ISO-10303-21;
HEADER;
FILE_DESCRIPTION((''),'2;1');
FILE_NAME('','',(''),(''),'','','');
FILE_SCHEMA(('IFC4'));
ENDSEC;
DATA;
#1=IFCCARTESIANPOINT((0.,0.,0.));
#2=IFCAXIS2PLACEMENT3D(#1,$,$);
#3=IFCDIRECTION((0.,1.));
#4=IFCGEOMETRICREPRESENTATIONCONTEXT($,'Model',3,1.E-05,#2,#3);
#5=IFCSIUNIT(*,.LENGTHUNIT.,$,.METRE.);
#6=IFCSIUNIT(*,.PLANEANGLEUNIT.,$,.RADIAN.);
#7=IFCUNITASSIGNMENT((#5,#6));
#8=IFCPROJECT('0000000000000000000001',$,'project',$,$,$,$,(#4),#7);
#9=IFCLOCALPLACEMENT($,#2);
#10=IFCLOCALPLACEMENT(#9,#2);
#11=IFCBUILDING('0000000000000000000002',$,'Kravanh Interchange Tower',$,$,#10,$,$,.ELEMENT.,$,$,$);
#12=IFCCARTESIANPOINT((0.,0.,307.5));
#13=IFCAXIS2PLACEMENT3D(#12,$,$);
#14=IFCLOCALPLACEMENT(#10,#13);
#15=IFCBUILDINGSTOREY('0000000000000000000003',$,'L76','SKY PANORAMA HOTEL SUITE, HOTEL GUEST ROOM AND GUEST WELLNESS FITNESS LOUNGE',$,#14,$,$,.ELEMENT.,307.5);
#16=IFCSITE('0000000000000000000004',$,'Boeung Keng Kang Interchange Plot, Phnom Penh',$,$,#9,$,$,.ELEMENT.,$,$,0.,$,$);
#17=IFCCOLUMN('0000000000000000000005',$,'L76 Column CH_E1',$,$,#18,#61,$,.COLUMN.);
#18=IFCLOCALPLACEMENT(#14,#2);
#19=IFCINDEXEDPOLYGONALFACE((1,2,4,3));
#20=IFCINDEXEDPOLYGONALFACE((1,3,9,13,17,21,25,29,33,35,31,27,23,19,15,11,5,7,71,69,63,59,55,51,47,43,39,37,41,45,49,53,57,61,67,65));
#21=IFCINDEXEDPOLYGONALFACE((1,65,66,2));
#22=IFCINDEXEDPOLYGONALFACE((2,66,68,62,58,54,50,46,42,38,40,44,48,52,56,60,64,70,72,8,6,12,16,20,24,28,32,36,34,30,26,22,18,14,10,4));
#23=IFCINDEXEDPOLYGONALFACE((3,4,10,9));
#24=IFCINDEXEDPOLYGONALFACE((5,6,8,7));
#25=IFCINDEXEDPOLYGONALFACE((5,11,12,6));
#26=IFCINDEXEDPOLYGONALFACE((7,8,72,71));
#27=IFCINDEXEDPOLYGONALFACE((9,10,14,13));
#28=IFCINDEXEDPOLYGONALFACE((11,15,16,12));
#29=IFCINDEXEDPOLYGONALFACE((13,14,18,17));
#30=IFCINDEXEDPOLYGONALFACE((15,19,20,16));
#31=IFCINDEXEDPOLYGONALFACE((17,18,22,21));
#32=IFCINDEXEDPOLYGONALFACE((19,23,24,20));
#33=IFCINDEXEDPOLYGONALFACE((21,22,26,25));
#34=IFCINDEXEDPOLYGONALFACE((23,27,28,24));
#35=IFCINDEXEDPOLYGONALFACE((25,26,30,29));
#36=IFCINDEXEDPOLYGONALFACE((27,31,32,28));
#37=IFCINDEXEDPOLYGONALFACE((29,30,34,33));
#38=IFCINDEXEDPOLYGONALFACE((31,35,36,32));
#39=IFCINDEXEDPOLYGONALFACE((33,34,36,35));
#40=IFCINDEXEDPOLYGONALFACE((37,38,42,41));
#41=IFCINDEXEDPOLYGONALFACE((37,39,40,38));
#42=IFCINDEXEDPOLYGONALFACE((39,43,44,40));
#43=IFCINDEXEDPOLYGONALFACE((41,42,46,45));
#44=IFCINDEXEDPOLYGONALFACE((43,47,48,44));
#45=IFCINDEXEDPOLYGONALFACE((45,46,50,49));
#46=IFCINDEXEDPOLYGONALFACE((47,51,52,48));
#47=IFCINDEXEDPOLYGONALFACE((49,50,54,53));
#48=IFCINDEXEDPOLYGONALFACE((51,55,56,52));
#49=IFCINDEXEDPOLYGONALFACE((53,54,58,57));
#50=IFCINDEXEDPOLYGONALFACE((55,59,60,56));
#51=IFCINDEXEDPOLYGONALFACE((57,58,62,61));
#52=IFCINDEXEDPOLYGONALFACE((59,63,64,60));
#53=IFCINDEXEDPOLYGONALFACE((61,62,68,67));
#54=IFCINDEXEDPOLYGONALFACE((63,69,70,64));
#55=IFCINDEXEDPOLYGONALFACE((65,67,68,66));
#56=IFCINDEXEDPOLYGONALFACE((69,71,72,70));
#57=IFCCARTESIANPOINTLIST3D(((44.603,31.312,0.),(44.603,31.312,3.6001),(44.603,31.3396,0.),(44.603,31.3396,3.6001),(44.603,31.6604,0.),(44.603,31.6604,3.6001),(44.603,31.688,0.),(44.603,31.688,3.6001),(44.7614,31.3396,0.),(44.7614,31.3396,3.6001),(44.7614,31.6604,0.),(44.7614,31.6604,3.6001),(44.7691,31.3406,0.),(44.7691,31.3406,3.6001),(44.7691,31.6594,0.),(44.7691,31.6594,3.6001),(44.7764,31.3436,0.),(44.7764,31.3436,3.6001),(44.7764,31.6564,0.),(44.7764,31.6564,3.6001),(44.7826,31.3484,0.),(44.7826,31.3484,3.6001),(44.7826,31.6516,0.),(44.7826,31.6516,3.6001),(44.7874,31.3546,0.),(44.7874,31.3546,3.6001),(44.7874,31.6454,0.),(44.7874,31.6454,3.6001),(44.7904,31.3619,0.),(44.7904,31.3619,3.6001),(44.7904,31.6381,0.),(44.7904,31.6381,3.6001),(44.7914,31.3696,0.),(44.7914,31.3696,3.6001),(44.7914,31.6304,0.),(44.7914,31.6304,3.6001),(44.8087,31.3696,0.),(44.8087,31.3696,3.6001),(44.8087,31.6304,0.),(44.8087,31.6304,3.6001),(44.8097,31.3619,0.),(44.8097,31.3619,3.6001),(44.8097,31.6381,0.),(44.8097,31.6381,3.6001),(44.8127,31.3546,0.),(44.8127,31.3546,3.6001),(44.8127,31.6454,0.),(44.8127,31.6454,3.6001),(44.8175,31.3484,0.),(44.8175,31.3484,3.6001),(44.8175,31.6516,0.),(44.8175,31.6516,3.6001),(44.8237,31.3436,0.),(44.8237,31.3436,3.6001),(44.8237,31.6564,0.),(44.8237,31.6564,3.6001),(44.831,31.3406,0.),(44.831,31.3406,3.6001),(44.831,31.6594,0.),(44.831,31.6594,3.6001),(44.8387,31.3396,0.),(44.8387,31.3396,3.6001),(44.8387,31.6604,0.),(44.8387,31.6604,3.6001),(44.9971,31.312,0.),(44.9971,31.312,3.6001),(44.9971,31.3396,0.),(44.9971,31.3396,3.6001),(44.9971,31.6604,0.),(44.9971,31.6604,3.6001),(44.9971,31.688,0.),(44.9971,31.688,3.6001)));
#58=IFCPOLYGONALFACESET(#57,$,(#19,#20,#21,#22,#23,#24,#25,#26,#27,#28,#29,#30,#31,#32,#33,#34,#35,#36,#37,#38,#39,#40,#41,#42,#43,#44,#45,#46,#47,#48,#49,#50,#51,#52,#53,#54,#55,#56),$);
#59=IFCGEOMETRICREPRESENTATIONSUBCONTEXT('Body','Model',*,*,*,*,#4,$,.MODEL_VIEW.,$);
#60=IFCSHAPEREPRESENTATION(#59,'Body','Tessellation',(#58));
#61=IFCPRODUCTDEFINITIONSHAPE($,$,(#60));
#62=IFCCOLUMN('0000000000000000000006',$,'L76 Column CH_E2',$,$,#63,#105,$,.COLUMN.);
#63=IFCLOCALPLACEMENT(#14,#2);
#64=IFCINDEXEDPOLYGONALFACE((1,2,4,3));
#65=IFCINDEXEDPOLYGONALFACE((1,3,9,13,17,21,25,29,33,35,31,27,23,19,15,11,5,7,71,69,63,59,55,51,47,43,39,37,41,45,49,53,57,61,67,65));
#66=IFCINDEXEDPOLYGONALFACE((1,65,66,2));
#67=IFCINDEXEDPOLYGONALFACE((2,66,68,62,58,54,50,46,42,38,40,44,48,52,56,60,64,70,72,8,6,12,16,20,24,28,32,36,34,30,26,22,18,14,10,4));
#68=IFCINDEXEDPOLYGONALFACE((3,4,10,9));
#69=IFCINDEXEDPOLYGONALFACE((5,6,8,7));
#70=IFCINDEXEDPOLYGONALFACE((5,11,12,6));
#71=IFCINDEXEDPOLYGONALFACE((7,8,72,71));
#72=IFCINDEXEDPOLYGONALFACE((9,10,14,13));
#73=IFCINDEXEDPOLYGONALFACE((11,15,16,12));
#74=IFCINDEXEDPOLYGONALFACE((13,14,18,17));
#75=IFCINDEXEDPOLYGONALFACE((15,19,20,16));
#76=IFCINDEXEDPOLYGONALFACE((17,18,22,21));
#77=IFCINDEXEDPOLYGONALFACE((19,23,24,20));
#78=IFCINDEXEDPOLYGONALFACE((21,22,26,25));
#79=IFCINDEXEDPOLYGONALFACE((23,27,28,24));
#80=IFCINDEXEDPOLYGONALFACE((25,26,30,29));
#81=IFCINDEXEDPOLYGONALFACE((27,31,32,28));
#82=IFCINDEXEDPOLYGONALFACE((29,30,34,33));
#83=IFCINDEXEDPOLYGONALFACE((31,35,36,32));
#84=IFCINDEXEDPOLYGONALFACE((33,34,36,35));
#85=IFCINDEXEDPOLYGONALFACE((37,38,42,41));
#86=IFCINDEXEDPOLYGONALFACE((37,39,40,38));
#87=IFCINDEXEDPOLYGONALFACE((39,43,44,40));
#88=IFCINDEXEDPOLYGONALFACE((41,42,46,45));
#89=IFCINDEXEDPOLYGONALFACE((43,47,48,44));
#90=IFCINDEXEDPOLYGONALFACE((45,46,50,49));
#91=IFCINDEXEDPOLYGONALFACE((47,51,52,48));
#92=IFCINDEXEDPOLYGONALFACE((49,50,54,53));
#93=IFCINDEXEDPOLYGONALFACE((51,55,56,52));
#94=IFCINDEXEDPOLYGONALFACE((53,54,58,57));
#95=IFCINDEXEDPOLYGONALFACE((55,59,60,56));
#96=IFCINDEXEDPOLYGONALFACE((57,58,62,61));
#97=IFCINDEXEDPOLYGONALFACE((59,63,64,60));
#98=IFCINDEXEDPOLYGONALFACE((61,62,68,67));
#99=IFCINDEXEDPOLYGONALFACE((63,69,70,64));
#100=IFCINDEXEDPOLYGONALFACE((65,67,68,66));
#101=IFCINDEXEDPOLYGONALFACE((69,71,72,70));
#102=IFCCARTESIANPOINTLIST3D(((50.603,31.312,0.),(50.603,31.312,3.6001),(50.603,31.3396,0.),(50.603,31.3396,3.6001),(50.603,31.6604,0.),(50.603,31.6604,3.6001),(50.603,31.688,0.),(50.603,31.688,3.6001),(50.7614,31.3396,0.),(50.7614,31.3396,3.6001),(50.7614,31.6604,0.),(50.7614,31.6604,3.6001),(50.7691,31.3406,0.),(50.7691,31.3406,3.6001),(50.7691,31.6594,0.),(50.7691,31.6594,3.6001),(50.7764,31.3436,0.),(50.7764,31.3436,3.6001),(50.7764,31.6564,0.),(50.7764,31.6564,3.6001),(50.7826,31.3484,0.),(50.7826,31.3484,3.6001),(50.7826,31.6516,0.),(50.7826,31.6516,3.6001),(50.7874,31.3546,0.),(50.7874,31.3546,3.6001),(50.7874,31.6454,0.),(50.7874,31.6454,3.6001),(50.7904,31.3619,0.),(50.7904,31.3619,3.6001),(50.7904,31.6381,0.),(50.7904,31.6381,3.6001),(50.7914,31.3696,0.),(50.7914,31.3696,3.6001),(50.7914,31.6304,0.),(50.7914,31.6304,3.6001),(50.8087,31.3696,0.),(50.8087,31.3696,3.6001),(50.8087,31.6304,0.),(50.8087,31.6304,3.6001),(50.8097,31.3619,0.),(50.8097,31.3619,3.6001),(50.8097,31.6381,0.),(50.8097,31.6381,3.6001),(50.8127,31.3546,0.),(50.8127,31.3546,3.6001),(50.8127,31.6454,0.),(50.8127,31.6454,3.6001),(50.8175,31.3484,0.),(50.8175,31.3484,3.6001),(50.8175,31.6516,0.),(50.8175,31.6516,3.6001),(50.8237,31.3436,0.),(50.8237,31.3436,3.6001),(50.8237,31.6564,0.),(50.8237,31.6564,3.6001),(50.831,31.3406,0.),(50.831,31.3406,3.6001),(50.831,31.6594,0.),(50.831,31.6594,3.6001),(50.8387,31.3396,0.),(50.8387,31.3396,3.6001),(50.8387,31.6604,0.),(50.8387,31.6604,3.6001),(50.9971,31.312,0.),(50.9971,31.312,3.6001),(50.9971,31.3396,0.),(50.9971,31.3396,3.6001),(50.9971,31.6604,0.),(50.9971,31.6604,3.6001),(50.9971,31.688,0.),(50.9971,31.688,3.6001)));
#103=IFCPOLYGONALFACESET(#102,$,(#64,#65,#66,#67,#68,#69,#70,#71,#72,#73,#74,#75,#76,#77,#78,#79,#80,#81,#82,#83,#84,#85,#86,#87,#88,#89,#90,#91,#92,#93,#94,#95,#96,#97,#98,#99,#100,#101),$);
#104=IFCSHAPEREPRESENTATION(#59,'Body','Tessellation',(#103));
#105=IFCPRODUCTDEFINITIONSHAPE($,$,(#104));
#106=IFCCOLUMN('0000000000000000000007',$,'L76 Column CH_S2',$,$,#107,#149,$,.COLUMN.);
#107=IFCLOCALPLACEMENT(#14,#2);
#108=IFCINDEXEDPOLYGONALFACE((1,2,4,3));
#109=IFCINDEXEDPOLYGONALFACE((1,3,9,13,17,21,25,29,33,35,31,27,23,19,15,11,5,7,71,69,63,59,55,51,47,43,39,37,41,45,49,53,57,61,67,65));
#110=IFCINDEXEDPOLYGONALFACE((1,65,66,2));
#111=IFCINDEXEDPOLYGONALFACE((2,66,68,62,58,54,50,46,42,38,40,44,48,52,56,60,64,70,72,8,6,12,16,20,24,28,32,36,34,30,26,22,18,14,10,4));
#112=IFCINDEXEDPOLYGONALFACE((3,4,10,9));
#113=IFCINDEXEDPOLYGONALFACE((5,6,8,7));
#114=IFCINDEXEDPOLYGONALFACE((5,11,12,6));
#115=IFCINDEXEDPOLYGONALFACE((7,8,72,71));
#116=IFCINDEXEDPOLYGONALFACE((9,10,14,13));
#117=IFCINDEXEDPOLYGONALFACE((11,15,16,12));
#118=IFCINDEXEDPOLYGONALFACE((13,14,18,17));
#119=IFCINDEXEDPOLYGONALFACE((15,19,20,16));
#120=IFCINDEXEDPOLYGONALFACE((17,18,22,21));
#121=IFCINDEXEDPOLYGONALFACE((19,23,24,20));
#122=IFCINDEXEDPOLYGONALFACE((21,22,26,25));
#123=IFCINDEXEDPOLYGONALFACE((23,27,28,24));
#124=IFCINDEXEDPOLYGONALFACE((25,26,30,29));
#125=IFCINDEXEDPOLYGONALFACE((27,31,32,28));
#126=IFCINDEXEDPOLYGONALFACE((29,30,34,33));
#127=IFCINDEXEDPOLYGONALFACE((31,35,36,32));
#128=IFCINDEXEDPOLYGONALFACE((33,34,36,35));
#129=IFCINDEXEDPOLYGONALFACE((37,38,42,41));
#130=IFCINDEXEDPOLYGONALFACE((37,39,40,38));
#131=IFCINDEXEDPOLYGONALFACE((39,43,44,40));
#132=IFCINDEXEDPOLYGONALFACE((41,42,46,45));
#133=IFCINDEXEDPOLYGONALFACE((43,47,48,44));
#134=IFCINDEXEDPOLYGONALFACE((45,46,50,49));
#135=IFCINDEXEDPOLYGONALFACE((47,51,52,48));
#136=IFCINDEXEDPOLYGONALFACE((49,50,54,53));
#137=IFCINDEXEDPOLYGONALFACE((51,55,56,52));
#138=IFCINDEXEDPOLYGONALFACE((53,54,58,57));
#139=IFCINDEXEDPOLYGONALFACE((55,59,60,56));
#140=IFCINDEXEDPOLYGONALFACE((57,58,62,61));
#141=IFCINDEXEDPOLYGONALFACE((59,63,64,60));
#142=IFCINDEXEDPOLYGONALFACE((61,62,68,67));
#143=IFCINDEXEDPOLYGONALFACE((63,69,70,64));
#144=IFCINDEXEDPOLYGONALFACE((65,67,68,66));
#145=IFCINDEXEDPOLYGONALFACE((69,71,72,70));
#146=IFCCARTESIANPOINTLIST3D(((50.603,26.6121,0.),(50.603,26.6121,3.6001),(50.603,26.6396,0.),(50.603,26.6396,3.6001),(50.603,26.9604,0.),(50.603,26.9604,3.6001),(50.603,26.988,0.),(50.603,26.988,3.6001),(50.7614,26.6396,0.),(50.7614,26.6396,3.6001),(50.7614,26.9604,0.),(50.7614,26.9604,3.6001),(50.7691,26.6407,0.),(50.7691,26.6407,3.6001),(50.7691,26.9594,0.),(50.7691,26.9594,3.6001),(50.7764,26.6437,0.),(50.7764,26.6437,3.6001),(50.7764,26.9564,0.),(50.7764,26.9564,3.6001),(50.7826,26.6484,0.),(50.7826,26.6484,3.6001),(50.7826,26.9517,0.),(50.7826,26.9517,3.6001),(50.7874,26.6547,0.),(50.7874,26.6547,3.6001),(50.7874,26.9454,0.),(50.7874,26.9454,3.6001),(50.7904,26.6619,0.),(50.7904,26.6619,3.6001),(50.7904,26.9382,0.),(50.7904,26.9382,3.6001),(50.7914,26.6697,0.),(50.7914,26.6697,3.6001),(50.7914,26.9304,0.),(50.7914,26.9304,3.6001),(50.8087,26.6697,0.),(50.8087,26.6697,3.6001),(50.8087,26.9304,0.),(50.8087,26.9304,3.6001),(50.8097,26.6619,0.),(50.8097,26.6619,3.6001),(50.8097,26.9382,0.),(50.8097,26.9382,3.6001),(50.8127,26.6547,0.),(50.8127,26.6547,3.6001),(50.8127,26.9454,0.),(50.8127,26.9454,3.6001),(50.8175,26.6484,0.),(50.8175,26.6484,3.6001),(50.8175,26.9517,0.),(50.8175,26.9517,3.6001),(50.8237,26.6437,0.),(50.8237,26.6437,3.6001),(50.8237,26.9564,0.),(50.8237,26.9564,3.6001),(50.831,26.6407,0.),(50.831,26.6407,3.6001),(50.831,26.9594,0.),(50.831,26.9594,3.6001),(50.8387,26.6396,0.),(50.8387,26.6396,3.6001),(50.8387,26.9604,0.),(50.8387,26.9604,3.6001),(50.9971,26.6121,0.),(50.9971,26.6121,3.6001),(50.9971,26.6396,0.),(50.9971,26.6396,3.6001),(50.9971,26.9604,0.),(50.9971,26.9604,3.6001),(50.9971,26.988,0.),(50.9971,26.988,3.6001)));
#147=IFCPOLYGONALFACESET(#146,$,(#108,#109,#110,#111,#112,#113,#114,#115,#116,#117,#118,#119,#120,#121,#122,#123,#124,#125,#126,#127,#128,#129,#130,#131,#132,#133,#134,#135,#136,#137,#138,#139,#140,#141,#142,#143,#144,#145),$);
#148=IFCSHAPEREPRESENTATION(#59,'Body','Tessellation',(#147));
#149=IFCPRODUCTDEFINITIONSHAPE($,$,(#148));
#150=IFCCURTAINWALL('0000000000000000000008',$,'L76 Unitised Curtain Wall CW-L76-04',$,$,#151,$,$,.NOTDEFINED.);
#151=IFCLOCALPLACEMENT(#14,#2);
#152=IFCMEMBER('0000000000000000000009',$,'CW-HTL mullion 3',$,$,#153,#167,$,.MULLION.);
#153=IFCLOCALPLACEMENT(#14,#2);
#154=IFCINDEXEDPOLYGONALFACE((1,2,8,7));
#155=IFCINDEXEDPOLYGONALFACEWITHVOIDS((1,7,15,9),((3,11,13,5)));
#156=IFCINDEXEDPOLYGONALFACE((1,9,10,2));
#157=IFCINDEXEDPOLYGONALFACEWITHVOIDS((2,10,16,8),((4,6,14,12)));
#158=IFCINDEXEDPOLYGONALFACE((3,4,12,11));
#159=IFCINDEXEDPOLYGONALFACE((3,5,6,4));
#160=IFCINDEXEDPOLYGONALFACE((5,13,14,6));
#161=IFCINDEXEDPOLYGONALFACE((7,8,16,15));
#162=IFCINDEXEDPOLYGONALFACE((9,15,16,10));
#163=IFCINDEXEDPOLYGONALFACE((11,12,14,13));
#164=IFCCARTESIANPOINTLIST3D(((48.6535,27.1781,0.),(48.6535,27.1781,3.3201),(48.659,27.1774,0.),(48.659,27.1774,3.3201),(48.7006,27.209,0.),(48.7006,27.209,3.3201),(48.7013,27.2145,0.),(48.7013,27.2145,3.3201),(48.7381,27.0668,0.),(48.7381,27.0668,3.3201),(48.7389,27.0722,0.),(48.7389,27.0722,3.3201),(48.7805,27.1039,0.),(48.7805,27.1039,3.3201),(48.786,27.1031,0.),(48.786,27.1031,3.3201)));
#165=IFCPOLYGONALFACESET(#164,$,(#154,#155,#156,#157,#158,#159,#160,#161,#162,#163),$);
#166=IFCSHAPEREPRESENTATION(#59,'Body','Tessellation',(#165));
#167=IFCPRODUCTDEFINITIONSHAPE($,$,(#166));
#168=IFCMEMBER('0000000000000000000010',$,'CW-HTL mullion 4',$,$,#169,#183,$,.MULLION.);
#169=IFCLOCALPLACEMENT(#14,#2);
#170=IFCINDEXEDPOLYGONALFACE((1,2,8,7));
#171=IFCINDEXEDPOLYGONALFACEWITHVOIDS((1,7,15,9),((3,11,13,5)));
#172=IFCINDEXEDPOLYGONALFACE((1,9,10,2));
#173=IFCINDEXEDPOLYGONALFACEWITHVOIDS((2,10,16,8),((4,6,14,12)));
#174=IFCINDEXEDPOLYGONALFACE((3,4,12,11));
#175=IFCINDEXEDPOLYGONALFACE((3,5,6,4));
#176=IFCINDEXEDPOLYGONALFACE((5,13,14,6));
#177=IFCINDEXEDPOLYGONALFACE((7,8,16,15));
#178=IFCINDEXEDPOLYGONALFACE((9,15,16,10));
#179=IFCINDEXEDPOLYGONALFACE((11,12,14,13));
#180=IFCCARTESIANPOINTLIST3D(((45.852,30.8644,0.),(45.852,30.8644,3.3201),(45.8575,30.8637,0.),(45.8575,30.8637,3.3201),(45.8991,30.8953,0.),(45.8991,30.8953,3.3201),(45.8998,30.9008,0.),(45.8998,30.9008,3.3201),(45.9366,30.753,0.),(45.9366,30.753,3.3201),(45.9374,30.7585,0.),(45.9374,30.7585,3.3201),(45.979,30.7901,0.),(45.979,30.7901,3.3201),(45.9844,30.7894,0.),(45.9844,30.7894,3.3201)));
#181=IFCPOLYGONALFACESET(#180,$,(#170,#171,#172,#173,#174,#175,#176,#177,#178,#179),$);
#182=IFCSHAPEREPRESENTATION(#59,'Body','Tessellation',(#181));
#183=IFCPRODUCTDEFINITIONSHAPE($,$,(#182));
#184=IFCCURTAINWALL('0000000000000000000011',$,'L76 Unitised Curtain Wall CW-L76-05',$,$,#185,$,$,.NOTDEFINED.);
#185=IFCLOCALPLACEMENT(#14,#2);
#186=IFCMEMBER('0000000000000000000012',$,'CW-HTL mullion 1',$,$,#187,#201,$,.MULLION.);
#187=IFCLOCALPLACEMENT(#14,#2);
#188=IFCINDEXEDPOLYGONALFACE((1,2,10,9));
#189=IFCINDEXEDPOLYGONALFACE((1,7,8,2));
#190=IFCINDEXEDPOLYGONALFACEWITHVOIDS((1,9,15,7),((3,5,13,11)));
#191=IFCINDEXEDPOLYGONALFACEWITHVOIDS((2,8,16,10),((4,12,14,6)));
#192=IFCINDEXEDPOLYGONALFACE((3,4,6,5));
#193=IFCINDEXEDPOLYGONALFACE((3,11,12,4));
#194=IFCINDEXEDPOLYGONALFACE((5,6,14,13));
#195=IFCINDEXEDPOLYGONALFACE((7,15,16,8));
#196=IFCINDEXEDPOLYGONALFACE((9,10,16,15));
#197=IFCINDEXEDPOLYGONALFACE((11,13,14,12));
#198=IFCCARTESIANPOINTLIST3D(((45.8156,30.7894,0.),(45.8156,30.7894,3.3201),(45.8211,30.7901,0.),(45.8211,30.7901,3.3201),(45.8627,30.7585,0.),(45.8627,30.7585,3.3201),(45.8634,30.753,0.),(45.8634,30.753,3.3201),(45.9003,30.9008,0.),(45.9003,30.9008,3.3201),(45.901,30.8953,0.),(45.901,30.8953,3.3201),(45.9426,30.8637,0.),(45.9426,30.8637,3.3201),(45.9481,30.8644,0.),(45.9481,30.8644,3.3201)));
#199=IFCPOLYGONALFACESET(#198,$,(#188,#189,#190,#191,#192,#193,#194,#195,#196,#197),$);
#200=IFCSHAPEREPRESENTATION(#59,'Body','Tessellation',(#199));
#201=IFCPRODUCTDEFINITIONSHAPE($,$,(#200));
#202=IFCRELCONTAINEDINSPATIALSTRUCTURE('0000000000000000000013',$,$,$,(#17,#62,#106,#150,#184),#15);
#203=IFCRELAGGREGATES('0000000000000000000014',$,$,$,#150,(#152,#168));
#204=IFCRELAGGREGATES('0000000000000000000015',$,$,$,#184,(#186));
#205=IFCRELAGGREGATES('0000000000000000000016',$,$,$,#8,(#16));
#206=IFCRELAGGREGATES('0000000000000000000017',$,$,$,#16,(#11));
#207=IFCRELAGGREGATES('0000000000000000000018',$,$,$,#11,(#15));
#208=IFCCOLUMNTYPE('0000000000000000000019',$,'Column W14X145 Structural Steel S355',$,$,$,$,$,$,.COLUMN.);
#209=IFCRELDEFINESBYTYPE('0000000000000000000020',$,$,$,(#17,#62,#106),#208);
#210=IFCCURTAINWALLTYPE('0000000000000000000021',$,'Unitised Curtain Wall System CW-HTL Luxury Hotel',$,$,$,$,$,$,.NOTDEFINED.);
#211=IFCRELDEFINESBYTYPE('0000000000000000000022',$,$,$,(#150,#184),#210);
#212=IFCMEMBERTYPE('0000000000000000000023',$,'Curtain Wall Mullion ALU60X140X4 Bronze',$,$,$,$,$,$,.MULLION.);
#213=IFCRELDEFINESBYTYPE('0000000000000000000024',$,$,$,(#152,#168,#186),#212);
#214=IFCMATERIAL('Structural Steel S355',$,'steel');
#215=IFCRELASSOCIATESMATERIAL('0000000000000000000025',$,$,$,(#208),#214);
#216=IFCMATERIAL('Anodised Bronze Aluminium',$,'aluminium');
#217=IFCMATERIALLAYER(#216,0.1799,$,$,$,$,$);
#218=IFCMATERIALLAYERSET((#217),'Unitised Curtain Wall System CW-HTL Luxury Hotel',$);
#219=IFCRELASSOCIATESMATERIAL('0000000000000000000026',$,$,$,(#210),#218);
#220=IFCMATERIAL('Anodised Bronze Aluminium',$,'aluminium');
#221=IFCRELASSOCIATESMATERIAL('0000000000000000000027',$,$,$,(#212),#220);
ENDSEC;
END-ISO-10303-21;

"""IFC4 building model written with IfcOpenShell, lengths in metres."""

from ifc_helpers import new_model, si_unit, direction, frame, origin, origin_2d, place, context, subcontext, project, spatial, hollow_rectangle, i_section, extrude, material, layer, layer_set, material_profile, profile_set, type_object, element, aggregate, save


model = new_model("IFC4")

# Units and contexts
model_context = context("Model", 3, precision=1e-05, world=origin(), true_north=direction((0.0, 1.0)))
body_context = subcontext(model_context, "Body", "Model", "MODEL_VIEW")
ifc_project = project(units=[si_unit("LENGTHUNIT", "METRE"), si_unit("PLANEANGLEUNIT", "RADIAN")], contexts=[model_context])

# Site, building, storey
site_placement = place(None, origin())
site = spatial("IfcSite", under=ifc_project, at=site_placement, Name="Boeung Keng Kang Interchange Plot, Phnom Penh", CompositionType="ELEMENT", RefElevation=0.0)
building_placement = place(site_placement, origin())
building = spatial("IfcBuilding", under=site, at=building_placement, Name="Kravanh Interchange Tower", CompositionType="ELEMENT")
storey_placement = place(building_placement, frame((0.0, 0.0, 307.5)))
storey = spatial("IfcBuildingStorey", under=building, at=storey_placement, Name="L76", Description="SKY PANORAMA HOTEL SUITE, HOTEL GUEST ROOM AND GUEST WELLNESS FITNESS LOUNGE", CompositionType="ELEMENT", Elevation=307.5)

# Columns
ifc_material_1 = material(Name="Structural Steel S355", Category="steel")
ifc_material_profile_1 = material_profile(ifc_material_1, i_section(OverallWidth=0.394, OverallDepth=0.376, WebThickness=0.0173, FlangeThickness=0.0276, FilletRadius=0.03, at=origin_2d()), Name="W14X145")
ifc_profile_set_1 = profile_set([ifc_material_profile_1], Name="Structural Steel S355")
column_type = type_object("IfcColumnType", Name="Column W14X145 Structural Steel S355", PredefinedType="COLUMN", material=ifc_profile_set_1)
for number, where, z_axis, x_axis, name in (
    (1, (44.8, 31.5, 0.0), (0.0, 0.0, 1.0), (1.0, 0.0, 0.0), "L76 Column CH_E1"),
    (2, (50.8, 31.5, 0.0), (0.0, 0.0, 1.0), (1.0, 0.0, 0.0), "L76 Column CH_E2"),
    (3, (50.8, 26.8, 0.0), (0.0, 0.0, 1.0), (1.0, 0.0, 0.0), "L76 Column CH_S2"),
):
    element("IfcColumn", number, at=place(storey_placement, frame(where, z_axis=z_axis, x_axis=x_axis)), inside=storey, type_object=column_type, Name=name, PredefinedType="COLUMN", context=body_context, shape_type="SweptSolid", body=[
        extrude(i_section(OverallWidth=0.394, OverallDepth=0.376, WebThickness=0.0173, FlangeThickness=0.0276, FilletRadius=0.03, at=origin_2d()), origin(), (0.0, 0.0, 1.0), 3.6001),
    ])

# Curtain walls, members
ifc_material_2 = material(Name="Anodised Bronze Aluminium", Category="aluminium")
ifc_layer_1 = layer(ifc_material_2, 0.1799)
ifc_layer_set_1 = layer_set([ifc_layer_1], Name="Unitised Curtain Wall System CW-HTL Luxury Hotel")
curtain_wall_type = type_object("IfcCurtainWallType", Name="Unitised Curtain Wall System CW-HTL Luxury Hotel", PredefinedType="NOTDEFINED", material=ifc_layer_set_1)
curtain_wall_1_placement = place(storey_placement, origin())
curtain_wall_1 = element("IfcCurtainWall", 4, at=curtain_wall_1_placement, inside=storey, type_object=curtain_wall_type, Name="L76 Unitised Curtain Wall CW-L76-04", PredefinedType="NOTDEFINED")
ifc_material_3 = material(Name="Anodised Bronze Aluminium", Category="aluminium")
ifc_material_profile_2 = material_profile(ifc_material_3, hollow_rectangle(XDim=0.0601, YDim=0.1399, WallThickness=0.0039, at=origin_2d()), Name="ALU60X140X4")
ifc_profile_set_2 = profile_set([ifc_material_profile_2], Name="Anodised Bronze Aluminium")
member_type_1 = type_object("IfcMemberType", Name="Curtain Wall Mullion ALU60X140X4 Bronze", PredefinedType="MULLION", material=ifc_profile_set_2)
member_1_placement = place(storey_placement, frame((48.7197, 27.1406, 0.0), z_axis=(0.0, 0.0, 1.0), x_axis=(-0.796162, -0.605084, 0.0)))
member_1 = element("IfcMember", 5, at=member_1_placement, type_object=member_type_1, Name="CW-HTL mullion 3", PredefinedType="MULLION", context=body_context, shape_type="SweptSolid", body=[
    extrude(hollow_rectangle(XDim=0.0601, YDim=0.1399, WallThickness=0.0039, at=origin_2d()), origin(), (0.0, 0.0, 1.0), 3.3201),
])
member_2_placement = place(storey_placement, frame((45.9182, 30.8269, 0.0), z_axis=(0.0, 0.0, 1.0), x_axis=(-0.796162, -0.605084, 0.0)))
member_2 = element("IfcMember", 6, at=member_2_placement, type_object=member_type_1, Name="CW-HTL mullion 4", PredefinedType="MULLION", context=body_context, shape_type="SweptSolid", body=[
    extrude(hollow_rectangle(XDim=0.0601, YDim=0.1399, WallThickness=0.0039, at=origin_2d()), origin(), (0.0, 0.0, 1.0), 3.3201),
])
curtain_wall_2_placement = place(storey_placement, origin())
curtain_wall_2 = element("IfcCurtainWall", 7, at=curtain_wall_2_placement, inside=storey, type_object=curtain_wall_type, Name="L76 Unitised Curtain Wall CW-L76-05", PredefinedType="NOTDEFINED")
member_3_placement = place(storey_placement, frame((45.8818, 30.8269, 0.0), z_axis=(0.0, 0.0, 1.0), x_axis=(0.796162, -0.605084, 0.0)))
member_3 = element("IfcMember", 8, at=member_3_placement, type_object=member_type_1, Name="CW-HTL mullion 1", PredefinedType="MULLION", context=body_context, shape_type="SweptSolid", body=[
    extrude(hollow_rectangle(XDim=0.0601, YDim=0.1399, WallThickness=0.0039, at=origin_2d()), origin(), (0.0, 0.0, 1.0), 3.3201),
])

aggregate(curtain_wall_1, [member_1, member_2])
aggregate(curtain_wall_2, [member_3])

save(model, "model.ifc")
